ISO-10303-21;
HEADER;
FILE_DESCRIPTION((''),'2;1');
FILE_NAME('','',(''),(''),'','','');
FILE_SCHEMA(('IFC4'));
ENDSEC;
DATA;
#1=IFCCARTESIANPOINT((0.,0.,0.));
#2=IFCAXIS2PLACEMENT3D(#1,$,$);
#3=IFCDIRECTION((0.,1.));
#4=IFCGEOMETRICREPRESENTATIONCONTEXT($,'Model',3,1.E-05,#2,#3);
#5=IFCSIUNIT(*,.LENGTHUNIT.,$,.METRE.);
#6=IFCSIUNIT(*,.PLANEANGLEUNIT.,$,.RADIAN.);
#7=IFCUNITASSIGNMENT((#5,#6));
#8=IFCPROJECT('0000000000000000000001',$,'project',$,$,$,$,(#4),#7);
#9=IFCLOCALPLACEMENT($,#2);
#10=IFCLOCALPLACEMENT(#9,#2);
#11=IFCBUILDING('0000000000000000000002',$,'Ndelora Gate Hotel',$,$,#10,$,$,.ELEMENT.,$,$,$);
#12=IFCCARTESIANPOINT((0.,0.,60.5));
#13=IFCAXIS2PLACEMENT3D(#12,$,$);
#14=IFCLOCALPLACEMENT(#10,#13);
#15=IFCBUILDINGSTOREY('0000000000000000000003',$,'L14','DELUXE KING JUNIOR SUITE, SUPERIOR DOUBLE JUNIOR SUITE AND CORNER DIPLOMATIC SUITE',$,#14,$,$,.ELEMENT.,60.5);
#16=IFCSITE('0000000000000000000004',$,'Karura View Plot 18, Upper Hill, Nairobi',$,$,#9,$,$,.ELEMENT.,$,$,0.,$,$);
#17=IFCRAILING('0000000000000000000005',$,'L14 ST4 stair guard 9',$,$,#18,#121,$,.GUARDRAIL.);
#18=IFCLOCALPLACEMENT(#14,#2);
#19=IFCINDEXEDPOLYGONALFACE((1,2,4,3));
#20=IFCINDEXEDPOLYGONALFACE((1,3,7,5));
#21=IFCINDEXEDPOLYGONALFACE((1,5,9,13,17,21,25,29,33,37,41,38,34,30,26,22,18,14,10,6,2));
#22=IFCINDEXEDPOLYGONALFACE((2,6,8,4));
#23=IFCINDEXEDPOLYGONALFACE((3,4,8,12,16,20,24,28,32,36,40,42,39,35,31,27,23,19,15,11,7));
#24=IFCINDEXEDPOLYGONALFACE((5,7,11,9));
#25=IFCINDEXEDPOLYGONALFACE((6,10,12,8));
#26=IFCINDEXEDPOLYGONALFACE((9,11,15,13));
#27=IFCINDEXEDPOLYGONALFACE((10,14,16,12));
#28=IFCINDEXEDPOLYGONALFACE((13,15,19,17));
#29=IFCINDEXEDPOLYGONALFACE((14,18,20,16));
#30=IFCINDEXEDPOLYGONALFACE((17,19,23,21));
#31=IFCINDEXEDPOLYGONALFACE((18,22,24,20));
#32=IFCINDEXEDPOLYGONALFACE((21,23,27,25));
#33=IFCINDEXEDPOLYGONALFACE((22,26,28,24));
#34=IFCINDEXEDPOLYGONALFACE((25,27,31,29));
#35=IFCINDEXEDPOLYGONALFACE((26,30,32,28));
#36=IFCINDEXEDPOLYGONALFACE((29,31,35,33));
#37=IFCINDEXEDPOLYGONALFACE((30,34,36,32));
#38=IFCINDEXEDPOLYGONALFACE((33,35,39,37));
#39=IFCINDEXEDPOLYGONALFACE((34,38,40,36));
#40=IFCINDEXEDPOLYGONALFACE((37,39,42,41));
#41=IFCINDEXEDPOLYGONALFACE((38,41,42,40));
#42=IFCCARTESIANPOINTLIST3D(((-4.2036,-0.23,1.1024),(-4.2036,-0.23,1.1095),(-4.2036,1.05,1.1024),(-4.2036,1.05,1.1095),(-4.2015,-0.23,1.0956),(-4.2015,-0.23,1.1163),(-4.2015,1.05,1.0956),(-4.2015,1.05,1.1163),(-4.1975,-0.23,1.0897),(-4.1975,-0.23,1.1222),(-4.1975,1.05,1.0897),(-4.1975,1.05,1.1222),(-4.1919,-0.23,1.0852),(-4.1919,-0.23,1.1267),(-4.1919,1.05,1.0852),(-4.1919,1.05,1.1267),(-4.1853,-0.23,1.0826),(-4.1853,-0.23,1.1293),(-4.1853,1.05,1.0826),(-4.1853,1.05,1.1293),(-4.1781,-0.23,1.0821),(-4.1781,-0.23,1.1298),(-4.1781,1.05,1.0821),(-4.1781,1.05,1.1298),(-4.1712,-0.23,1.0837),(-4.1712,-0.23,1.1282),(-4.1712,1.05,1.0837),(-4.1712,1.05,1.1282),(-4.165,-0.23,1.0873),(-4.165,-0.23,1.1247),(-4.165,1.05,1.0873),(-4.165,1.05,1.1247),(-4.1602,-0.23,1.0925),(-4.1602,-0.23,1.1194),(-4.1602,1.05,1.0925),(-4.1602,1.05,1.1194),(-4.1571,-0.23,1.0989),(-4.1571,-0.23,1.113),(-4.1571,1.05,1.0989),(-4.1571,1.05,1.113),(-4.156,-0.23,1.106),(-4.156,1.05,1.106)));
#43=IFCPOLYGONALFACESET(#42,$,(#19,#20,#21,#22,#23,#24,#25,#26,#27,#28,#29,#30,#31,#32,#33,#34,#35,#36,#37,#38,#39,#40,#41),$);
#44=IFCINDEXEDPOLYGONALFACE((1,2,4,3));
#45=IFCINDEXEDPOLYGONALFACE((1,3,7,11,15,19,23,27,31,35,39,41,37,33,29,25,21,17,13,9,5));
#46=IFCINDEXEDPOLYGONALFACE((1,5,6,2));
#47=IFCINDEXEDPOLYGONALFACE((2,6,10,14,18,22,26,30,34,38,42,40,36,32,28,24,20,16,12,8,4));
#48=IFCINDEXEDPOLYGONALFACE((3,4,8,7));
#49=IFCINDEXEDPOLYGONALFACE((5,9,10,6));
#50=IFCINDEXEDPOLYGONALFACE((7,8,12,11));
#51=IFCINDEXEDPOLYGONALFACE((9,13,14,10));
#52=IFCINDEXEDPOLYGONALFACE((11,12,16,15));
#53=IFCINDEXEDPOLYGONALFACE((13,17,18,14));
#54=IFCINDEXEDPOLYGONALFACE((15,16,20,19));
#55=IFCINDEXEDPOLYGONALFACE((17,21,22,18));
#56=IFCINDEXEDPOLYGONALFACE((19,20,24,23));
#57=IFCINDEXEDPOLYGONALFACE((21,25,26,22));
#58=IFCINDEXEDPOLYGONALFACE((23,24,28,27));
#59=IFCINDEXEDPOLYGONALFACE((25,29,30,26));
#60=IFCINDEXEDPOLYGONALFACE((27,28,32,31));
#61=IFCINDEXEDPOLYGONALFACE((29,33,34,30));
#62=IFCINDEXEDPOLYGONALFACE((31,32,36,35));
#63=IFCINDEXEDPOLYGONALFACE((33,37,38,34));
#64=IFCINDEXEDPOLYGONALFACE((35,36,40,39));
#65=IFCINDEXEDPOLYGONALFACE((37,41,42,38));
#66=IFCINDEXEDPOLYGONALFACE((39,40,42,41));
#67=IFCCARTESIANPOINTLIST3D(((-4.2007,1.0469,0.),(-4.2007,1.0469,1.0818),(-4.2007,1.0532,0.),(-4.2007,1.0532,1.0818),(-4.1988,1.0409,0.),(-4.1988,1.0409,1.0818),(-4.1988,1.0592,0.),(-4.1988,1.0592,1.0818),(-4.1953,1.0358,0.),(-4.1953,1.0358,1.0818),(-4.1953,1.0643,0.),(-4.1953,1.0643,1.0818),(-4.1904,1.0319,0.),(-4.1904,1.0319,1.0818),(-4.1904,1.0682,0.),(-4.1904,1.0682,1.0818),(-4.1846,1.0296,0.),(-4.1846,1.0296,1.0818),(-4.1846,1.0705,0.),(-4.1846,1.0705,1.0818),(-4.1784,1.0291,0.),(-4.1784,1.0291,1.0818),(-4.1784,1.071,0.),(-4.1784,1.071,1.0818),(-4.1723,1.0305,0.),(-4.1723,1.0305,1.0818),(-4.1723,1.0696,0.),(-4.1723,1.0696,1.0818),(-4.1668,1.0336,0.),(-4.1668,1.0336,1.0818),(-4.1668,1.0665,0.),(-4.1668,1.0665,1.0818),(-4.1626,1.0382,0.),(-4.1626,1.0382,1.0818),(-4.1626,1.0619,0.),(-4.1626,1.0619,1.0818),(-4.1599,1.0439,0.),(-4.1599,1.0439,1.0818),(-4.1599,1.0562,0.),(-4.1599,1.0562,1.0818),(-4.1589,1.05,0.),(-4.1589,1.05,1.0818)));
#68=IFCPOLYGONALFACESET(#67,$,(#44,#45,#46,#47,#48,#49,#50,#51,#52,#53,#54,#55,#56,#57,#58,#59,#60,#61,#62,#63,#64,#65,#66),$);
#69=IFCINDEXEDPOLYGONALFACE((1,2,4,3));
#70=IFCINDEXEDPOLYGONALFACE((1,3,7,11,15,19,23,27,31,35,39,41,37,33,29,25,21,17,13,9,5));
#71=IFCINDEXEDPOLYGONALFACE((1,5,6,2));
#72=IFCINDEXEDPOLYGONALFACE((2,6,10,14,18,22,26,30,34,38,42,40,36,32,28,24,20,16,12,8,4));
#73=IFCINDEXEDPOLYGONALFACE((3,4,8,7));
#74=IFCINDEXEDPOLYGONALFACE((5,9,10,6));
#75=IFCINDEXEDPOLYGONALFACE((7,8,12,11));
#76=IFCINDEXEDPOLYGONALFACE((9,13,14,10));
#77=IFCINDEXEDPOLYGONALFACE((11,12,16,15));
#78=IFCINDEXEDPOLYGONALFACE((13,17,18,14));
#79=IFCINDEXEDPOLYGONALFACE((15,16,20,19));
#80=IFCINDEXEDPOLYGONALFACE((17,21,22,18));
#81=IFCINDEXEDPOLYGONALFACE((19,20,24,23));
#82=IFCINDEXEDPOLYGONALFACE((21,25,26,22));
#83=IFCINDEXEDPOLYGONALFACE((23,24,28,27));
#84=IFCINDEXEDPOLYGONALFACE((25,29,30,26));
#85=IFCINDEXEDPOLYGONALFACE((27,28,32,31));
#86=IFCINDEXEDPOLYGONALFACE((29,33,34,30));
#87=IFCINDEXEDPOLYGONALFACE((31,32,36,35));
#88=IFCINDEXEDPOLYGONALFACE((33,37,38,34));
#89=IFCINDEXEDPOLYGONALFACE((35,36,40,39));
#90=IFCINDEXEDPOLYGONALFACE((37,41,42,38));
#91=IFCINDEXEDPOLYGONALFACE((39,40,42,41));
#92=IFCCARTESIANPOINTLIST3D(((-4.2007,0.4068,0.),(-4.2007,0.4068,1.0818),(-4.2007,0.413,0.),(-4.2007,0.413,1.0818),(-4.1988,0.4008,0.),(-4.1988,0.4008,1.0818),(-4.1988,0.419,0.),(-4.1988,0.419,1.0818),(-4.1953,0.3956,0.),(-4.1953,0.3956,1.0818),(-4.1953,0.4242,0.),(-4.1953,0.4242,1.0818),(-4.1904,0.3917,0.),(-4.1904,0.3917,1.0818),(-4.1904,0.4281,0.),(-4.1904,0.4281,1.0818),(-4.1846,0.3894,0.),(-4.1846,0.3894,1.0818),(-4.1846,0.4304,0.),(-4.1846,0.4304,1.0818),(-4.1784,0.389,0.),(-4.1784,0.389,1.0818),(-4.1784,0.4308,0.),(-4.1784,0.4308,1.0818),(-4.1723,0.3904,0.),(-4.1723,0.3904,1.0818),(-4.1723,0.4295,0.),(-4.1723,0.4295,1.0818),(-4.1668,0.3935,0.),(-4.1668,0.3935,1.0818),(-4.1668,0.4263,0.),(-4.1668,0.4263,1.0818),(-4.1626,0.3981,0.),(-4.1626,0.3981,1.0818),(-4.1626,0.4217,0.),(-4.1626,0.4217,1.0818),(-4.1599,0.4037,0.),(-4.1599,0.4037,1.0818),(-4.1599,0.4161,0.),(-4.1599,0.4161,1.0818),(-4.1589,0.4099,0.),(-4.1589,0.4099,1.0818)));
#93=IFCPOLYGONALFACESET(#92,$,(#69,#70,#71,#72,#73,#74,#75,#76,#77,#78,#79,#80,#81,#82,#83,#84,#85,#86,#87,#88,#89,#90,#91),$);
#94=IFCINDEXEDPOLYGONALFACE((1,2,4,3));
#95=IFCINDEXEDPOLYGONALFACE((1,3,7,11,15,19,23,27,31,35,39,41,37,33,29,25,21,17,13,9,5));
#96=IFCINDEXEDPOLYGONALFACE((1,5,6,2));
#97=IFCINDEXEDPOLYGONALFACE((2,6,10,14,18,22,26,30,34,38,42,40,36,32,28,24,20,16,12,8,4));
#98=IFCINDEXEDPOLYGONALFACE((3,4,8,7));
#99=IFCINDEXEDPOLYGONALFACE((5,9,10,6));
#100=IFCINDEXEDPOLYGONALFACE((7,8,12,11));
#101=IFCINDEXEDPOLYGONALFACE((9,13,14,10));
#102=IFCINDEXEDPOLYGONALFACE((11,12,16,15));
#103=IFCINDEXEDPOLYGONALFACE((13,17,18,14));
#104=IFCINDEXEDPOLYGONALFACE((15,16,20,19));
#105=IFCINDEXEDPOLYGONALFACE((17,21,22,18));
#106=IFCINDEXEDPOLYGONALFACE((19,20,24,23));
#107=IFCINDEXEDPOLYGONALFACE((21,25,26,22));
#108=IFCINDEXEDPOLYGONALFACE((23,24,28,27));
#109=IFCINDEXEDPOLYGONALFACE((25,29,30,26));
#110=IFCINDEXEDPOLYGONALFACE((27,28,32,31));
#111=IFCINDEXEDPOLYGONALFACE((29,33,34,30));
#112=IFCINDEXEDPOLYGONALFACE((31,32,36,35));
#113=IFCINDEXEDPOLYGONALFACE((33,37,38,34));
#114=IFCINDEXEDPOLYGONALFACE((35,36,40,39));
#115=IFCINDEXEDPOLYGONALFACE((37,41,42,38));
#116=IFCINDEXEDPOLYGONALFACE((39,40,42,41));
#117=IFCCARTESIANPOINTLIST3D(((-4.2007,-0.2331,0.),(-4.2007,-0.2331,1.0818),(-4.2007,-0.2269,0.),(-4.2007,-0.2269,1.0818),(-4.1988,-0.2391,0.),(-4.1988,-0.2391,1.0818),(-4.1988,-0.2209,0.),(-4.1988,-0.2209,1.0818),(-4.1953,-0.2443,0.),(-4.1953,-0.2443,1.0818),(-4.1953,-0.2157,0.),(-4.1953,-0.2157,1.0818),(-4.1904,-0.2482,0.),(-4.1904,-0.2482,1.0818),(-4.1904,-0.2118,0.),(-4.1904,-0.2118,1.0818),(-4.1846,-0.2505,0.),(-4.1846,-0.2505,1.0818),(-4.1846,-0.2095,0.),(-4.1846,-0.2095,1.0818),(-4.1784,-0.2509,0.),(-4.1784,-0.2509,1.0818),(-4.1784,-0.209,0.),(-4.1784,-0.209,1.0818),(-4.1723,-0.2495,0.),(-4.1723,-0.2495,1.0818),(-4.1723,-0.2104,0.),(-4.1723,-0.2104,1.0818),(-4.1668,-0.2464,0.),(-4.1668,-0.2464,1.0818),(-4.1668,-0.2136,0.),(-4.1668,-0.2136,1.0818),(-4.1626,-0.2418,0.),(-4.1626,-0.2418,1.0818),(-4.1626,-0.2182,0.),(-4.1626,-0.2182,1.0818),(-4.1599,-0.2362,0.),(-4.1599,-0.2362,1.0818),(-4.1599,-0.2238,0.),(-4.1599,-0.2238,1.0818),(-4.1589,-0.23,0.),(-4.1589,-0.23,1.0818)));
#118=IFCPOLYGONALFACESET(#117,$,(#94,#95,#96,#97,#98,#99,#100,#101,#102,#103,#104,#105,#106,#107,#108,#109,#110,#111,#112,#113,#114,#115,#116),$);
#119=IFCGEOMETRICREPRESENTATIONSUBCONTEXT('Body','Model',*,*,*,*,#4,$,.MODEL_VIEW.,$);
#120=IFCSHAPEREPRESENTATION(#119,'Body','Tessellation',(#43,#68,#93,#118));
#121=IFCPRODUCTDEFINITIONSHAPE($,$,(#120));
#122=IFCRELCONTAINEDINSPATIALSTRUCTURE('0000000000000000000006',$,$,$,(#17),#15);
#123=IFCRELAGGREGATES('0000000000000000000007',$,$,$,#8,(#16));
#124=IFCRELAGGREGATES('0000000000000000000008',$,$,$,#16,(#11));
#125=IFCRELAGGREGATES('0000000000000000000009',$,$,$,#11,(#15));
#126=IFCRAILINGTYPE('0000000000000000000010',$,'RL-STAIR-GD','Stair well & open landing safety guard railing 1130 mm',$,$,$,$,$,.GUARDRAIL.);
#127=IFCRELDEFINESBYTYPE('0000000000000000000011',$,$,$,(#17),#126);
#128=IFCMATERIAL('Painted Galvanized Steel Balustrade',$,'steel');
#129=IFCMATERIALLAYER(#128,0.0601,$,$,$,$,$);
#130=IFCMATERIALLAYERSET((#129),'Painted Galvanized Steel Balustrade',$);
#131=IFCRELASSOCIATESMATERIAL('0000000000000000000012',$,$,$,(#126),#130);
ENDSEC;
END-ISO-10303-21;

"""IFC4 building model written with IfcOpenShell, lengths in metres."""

from ifc_helpers import new_model, si_unit, direction, frame, origin, origin_2d, place, context, subcontext, project, spatial, circle, extrude, material, layer, layer_set, type_object, element, save


model = new_model("IFC4")

# Units and contexts
model_context = context("Model", 3, precision=1e-05, world=origin(), true_north=direction((0.0, 1.0)))
body_context = subcontext(model_context, "Body", "Model", "MODEL_VIEW")
ifc_project = project(units=[si_unit("LENGTHUNIT", "METRE"), si_unit("PLANEANGLEUNIT", "RADIAN")], contexts=[model_context])

# Site, building, storey
site_placement = place(None, origin())
site = spatial("IfcSite", under=ifc_project, at=site_placement, Name="Karura View Plot 18, Upper Hill, Nairobi", CompositionType="ELEMENT", RefElevation=0.0)
building_placement = place(site_placement, origin())
building = spatial("IfcBuilding", under=site, at=building_placement, Name="Ndelora Gate Hotel", CompositionType="ELEMENT")
storey_placement = place(building_placement, frame((0.0, 0.0, 60.5)))
storey = spatial("IfcBuildingStorey", under=building, at=storey_placement, Name="L14", Description="DELUXE KING JUNIOR SUITE, SUPERIOR DOUBLE JUNIOR SUITE AND CORNER DIPLOMATIC SUITE", CompositionType="ELEMENT", Elevation=60.5)

# Railing
ifc_material_1 = material(Name="Painted Galvanized Steel Balustrade", Category="steel")
ifc_layer_1 = layer(ifc_material_1, 0.0601)
ifc_layer_set_1 = layer_set([ifc_layer_1], Name="Painted Galvanized Steel Balustrade")
railing_type = type_object("IfcRailingType", Name="RL-STAIR-GD", Description="Stair well & open landing safety guard railing 1130 mm", PredefinedType="GUARDRAIL", material=ifc_layer_set_1)
for number, where, name in (
    (1, (-4.1799, 1.05, 0.0), "L14 ST4 stair guard 9"),
):
    element("IfcRailing", number, at=place(storey_placement, frame(where)), inside=storey, type_object=railing_type, Name=name, PredefinedType="GUARDRAIL", context=body_context, shape_type="SweptSolid", body=[
        extrude(circle(Radius=0.0239, at=origin_2d()), frame((0.0, 0.0, 1.106), z_axis=(0.0, -1.0, 0.0), x_axis=(1.0, 0.0, 0.0)), (0.0, 0.0, 1.0), 1.28),
        extrude(circle(Radius=0.021, at=origin_2d()), origin(), (0.0, 0.0, 1.0), 1.0818),
        extrude(circle(Radius=0.021, at=origin_2d()), frame((0.0, -0.6401, 0.0)), (0.0, 0.0, 1.0), 1.0818),
        extrude(circle(Radius=0.021, at=origin_2d()), frame((0.0, -1.28, 0.0)), (0.0, 0.0, 1.0), 1.0818),
    ])

save(model, "model.ifc")
